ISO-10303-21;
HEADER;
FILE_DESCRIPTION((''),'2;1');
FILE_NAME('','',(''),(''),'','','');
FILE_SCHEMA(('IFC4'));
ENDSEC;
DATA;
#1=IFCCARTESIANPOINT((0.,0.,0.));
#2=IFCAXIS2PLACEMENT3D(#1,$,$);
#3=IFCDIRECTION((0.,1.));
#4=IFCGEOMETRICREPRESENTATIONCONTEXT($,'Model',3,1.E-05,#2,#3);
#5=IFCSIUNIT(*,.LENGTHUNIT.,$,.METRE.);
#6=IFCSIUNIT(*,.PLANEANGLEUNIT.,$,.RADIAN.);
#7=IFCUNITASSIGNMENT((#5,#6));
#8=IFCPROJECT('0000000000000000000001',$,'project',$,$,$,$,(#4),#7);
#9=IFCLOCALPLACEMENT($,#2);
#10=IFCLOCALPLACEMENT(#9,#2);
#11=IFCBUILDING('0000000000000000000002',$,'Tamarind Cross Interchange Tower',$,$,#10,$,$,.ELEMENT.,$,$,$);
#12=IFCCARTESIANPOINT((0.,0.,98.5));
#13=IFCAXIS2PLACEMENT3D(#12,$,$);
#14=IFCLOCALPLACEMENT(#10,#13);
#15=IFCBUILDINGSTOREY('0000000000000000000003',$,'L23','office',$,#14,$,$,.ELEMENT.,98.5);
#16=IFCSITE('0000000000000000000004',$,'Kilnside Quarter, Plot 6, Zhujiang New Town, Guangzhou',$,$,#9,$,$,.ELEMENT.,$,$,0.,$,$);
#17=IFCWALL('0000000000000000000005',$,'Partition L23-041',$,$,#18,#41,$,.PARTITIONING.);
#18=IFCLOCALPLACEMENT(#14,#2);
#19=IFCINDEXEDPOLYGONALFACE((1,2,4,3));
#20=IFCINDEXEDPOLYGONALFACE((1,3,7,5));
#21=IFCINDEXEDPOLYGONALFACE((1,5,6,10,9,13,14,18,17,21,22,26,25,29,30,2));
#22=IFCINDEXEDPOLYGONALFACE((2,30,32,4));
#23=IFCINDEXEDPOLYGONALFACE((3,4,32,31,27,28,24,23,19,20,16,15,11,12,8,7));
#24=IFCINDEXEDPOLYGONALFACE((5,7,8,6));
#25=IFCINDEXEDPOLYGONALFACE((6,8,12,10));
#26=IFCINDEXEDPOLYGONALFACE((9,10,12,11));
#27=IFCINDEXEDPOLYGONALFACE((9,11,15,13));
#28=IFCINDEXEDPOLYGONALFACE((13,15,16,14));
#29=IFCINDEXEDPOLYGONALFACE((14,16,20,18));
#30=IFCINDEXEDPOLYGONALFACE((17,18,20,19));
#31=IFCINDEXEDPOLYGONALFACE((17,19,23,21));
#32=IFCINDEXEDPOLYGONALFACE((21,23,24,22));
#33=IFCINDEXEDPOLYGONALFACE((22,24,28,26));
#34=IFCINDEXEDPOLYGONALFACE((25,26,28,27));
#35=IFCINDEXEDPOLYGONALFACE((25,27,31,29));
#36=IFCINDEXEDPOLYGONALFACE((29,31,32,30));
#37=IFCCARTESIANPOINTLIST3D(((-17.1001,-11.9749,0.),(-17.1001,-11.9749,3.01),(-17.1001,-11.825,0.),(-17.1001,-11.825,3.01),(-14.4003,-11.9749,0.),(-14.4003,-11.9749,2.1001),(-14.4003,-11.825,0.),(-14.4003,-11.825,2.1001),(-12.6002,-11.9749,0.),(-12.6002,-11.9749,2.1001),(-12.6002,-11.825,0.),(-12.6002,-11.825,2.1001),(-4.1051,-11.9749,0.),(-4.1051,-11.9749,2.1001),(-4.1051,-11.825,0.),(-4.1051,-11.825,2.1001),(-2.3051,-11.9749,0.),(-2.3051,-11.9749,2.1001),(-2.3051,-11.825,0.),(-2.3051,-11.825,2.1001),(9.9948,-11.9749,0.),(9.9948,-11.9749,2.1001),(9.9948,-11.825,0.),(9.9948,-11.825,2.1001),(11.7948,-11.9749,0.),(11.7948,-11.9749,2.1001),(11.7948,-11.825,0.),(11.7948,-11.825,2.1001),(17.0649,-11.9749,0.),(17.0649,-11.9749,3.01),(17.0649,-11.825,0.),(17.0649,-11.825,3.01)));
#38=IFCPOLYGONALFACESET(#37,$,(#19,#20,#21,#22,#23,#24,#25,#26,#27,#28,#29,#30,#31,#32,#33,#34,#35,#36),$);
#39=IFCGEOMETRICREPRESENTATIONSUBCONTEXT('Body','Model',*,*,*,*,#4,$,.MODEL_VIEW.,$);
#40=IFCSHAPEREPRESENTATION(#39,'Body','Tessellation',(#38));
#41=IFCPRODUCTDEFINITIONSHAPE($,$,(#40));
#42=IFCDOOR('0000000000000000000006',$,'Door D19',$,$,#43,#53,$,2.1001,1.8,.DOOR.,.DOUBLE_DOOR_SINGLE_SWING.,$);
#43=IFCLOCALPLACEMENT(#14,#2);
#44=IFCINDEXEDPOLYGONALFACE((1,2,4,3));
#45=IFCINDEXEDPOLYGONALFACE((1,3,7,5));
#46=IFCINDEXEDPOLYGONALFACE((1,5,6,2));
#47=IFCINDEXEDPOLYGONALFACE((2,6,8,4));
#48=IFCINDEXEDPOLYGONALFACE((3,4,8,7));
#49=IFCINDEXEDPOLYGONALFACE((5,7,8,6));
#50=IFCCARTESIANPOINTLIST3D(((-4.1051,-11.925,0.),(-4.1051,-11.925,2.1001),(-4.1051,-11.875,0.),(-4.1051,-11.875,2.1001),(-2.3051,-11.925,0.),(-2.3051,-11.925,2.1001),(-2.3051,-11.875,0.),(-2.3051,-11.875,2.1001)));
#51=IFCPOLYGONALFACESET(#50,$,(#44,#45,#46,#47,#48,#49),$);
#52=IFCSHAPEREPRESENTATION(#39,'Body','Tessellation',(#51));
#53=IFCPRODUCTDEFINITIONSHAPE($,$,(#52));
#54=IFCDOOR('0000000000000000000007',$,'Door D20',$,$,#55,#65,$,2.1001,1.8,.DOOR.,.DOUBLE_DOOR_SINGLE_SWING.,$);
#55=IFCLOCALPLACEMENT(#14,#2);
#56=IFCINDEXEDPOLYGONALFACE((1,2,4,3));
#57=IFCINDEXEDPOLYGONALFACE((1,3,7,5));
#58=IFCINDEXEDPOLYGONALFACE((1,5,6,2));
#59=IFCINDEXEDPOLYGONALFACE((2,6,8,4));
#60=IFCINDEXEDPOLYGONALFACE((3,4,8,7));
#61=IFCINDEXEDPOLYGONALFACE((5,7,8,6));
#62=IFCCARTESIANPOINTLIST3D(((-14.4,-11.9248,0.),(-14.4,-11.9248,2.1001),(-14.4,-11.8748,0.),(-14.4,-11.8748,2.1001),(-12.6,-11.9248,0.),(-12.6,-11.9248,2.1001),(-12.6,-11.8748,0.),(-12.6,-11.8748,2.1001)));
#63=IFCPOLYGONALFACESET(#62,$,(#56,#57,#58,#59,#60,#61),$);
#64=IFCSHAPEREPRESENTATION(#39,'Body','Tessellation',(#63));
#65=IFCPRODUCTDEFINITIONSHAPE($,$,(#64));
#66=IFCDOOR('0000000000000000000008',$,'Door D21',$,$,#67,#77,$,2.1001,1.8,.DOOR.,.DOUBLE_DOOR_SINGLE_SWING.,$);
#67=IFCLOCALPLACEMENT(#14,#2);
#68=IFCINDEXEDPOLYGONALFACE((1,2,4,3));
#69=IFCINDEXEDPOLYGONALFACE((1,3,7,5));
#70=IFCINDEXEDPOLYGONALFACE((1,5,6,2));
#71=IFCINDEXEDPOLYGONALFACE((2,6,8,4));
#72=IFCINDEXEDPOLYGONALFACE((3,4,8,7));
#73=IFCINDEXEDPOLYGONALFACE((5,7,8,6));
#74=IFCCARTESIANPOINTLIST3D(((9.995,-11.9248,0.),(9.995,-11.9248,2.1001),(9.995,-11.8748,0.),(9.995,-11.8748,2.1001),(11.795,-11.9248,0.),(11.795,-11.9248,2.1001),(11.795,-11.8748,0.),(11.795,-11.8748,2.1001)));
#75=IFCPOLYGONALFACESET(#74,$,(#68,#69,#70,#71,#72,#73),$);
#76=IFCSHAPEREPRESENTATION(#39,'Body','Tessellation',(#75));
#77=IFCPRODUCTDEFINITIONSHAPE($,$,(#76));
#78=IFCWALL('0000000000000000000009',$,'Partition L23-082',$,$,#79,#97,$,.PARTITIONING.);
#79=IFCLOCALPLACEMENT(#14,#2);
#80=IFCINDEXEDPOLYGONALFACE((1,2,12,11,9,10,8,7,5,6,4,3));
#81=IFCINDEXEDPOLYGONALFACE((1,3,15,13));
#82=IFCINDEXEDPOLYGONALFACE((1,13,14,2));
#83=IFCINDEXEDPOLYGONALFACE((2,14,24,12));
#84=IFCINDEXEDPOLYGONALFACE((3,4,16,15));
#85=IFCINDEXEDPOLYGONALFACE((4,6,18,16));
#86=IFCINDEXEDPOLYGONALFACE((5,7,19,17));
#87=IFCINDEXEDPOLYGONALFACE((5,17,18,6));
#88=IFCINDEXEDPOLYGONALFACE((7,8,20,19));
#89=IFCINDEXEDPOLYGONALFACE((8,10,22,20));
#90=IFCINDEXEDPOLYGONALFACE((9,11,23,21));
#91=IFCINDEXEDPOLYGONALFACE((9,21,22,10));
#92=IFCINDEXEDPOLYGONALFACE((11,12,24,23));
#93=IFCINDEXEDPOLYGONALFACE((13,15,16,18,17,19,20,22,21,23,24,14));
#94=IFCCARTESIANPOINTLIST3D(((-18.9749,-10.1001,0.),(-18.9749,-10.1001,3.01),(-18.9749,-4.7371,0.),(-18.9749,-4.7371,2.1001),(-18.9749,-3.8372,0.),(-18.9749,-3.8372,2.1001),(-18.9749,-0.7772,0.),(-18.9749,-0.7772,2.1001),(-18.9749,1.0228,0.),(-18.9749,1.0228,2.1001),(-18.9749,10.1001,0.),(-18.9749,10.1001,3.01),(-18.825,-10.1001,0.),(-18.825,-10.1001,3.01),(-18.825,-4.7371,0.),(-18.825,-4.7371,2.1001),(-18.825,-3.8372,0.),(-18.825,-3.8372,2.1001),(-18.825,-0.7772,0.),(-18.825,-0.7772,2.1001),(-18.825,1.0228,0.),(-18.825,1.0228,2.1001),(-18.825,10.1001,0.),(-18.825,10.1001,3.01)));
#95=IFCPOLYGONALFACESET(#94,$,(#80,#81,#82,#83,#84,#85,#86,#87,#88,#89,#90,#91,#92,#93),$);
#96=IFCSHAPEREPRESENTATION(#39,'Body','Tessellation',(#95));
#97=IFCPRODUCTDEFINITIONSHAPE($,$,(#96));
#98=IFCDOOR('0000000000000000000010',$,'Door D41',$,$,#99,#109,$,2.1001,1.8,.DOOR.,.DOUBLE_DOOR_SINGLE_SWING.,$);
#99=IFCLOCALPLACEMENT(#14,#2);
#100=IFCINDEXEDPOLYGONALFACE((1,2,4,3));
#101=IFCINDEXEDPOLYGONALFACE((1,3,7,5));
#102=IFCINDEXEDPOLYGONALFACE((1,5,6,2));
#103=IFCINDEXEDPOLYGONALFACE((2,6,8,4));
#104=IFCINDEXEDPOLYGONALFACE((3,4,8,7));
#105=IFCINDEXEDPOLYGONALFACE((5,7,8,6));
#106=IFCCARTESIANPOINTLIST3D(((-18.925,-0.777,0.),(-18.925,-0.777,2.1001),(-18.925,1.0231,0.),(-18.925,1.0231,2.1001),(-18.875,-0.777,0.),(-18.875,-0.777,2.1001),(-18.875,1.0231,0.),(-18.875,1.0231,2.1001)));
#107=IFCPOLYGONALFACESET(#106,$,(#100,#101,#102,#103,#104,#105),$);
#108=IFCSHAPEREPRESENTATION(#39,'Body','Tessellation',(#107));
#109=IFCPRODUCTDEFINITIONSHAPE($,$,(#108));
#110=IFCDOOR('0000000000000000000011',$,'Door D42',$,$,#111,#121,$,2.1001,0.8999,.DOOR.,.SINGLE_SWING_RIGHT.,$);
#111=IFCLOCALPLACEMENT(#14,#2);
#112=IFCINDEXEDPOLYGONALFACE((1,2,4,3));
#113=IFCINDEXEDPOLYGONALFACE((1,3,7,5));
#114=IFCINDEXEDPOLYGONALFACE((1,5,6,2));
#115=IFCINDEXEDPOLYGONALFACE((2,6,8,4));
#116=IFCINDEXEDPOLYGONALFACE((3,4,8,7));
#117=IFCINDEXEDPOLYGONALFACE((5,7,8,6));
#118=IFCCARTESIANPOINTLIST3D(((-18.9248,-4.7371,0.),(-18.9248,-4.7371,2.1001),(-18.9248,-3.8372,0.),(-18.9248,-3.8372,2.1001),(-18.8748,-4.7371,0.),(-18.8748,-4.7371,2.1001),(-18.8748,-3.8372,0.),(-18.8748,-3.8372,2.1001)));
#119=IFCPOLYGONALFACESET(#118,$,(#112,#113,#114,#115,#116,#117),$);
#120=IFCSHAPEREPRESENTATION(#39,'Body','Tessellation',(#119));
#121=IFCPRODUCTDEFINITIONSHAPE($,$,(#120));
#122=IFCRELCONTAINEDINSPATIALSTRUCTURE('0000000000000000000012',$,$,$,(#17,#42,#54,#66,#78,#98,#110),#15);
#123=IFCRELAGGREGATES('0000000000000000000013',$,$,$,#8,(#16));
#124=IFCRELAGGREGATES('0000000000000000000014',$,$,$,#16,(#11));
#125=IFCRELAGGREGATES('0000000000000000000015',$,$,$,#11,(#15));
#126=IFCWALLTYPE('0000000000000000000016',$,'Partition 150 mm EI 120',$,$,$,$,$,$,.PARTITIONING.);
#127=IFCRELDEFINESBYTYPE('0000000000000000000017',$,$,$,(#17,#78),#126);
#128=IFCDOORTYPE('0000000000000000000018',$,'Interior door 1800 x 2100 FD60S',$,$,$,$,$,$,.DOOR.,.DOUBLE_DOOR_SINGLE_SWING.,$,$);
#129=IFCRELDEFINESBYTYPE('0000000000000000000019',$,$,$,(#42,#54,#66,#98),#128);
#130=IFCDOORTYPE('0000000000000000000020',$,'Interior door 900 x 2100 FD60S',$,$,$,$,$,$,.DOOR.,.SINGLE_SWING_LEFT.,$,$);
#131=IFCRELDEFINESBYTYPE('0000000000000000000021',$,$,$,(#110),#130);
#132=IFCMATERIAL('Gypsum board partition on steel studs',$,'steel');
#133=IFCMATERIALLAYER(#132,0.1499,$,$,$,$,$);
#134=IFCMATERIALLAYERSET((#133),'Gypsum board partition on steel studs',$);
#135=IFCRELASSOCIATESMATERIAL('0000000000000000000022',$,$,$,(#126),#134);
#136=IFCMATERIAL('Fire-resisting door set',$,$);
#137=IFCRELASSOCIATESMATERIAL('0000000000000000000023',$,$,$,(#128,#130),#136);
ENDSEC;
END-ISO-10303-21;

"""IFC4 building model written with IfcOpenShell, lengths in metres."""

from ifc_helpers import new_model, si_unit, direction, frame, frame_2d, origin, place, context, subcontext, project, spatial, rectangle, extrude, material, layer, layer_set, type_object, element, fill, save


model = new_model("IFC4")

# Units and contexts
model_context = context("Model", 3, precision=1e-05, world=origin(), true_north=direction((0.0, 1.0)))
body_context = subcontext(model_context, "Body", "Model", "MODEL_VIEW")
ifc_project = project(units=[si_unit("LENGTHUNIT", "METRE"), si_unit("PLANEANGLEUNIT", "RADIAN")], contexts=[model_context])

# Site, building, storey
site_placement = place(None, origin())
site = spatial("IfcSite", under=ifc_project, at=site_placement, Name="Kilnside Quarter, Plot 6, Zhujiang New Town, Guangzhou", CompositionType="ELEMENT", RefElevation=0.0)
building_placement = place(site_placement, origin())
building = spatial("IfcBuilding", under=site, at=building_placement, Name="Tamarind Cross Interchange Tower", CompositionType="ELEMENT")
storey_placement = place(building_placement, frame((0.0, 0.0, 98.5)))
storey = spatial("IfcBuildingStorey", under=building, at=storey_placement, Name="L23", Description="office", CompositionType="ELEMENT", Elevation=98.5)

# Shared definitions
ifc_material_1 = material(Name="Gypsum board partition on steel studs", Category="steel")
ifc_layer_1 = layer(ifc_material_1, 0.1499)
ifc_layer_set_1 = layer_set([ifc_layer_1], Name="Gypsum board partition on steel studs")
wall_type_1 = type_object("IfcWallType", Name="Partition 150 mm EI 120", PredefinedType="PARTITIONING", material=ifc_layer_set_1)

# Walls, openings, doors
wall_1_placement = place(storey_placement, frame((-17.1001, -11.8999, 0.0), z_axis=(0.0, 0.0, 1.0), x_axis=(1.0, 0.0, 0.0)))
wall_1 = element("IfcWall", 1, at=wall_1_placement, inside=storey, type_object=wall_type_1, Name="Partition L23-041", PredefinedType="PARTITIONING", context=body_context, shape_type="SweptSolid", body=[
    extrude(rectangle(XDim=34.165, YDim=0.1499, at=frame_2d((17.0825, 0.0))), origin(), (0.0, 0.0, 1.0), 3.01),
])
opening_1_placement = place(wall_1_placement, frame((12.9951, 0.0, 0.0)))
opening_1 = element("IfcOpeningElement", 2, at=opening_1_placement, cuts=wall_1, PredefinedType="OPENING", context=body_context, shape_type="SweptSolid", body=[
    extrude(rectangle(XDim=1.8, YDim=2.1001, at=frame_2d((0.8999, 1.05))), frame((0.0, 0.085, 0.0), z_axis=(0.0, -1.0, 0.0), x_axis=(1.0, 0.0, 0.0)), (0.0, 0.0, 1.0), 0.1699),
])
opening_2_placement = place(wall_1_placement, frame((2.7, 0.0, 0.0)))
opening_2 = element("IfcOpeningElement", 3, at=opening_2_placement, cuts=wall_1, PredefinedType="OPENING", context=body_context, shape_type="SweptSolid", body=[
    extrude(rectangle(XDim=1.8, YDim=2.1001, at=frame_2d((0.8999, 1.05))), frame((0.0, 0.085, 0.0), z_axis=(0.0, -1.0, 0.0), x_axis=(1.0, 0.0, 0.0)), (0.0, 0.0, 1.0), 0.1699),
])
opening_3_placement = place(wall_1_placement, frame((27.095, 0.0, 0.0)))
opening_3 = element("IfcOpeningElement", 4, at=opening_3_placement, cuts=wall_1, PredefinedType="OPENING", context=body_context, shape_type="SweptSolid", body=[
    extrude(rectangle(XDim=1.8, YDim=2.1001, at=frame_2d((0.8999, 1.05))), frame((0.0, 0.085, 0.0), z_axis=(0.0, -1.0, 0.0), x_axis=(1.0, 0.0, 0.0)), (0.0, 0.0, 1.0), 0.1699),
])
ifc_material_2 = material(Name="Fire-resisting door set")
door_type_1 = type_object("IfcDoorType", Name="Interior door 1800 x 2100 FD60S", OperationType="DOUBLE_DOOR_SINGLE_SWING", PredefinedType="DOOR", material=ifc_material_2)
door_1_placement = place(opening_1_placement, origin())
door_1 = element("IfcDoor", 5, at=door_1_placement, inside=storey, type_object=door_type_1, Name="Door D19", OperationType="DOUBLE_DOOR_SINGLE_SWING", OverallHeight=2.1001, OverallWidth=1.8, PredefinedType="DOOR", context=body_context, shape_type="SweptSolid", body=[
    extrude(rectangle(XDim=1.8, YDim=2.1001, at=frame_2d((0.8999, 1.05))), frame((0.0, 0.0249, 0.0), z_axis=(0.0, -1.0, 0.0), x_axis=(1.0, 0.0, 0.0)), (0.0, 0.0, 1.0), 0.05),
])
fill(opening_1, door_1)
door_2_placement = place(opening_2_placement, frame((1.8, 0.0, 0.0), z_axis=(0.0, 0.0, 1.0), x_axis=(-1.0, 0.0, 0.0)))
door_2 = element("IfcDoor", 6, at=door_2_placement, inside=storey, type_object=door_type_1, Name="Door D20", OperationType="DOUBLE_DOOR_SINGLE_SWING", OverallHeight=2.1001, OverallWidth=1.8, PredefinedType="DOOR", context=body_context, shape_type="SweptSolid", body=[
    extrude(rectangle(XDim=1.8, YDim=2.1001, at=frame_2d((0.8999, 1.05))), frame((0.0, 0.0249, 0.0), z_axis=(0.0, -1.0, 0.0), x_axis=(1.0, 0.0, 0.0)), (0.0, 0.0, 1.0), 0.05),
])
fill(opening_2, door_2)
door_3_placement = place(opening_3_placement, frame((1.8, 0.0, 0.0), z_axis=(0.0, 0.0, 1.0), x_axis=(-1.0, 0.0, 0.0)))
door_3 = element("IfcDoor", 7, at=door_3_placement, inside=storey, type_object=door_type_1, Name="Door D21", OperationType="DOUBLE_DOOR_SINGLE_SWING", OverallHeight=2.1001, OverallWidth=1.8, PredefinedType="DOOR", context=body_context, shape_type="SweptSolid", body=[
    extrude(rectangle(XDim=1.8, YDim=2.1001, at=frame_2d((0.8999, 1.05))), frame((0.0, 0.0249, 0.0), z_axis=(0.0, -1.0, 0.0), x_axis=(1.0, 0.0, 0.0)), (0.0, 0.0, 1.0), 0.05),
])
fill(opening_3, door_3)
wall_2_placement = place(storey_placement, frame((-18.8999, -10.1001, 0.0), z_axis=(0.0, 0.0, 1.0), x_axis=(0.0, 1.0, 0.0)))
wall_2 = element("IfcWall", 8, at=wall_2_placement, inside=storey, type_object=wall_type_1, Name="Partition L23-082", PredefinedType="PARTITIONING", context=body_context, shape_type="SweptSolid", body=[
    extrude(rectangle(XDim=20.2002, YDim=0.1499, at=frame_2d((10.1001, 0.0))), origin(), (0.0, 0.0, 1.0), 3.01),
])
opening_4_placement = place(wall_2_placement, frame((9.323, 0.0, 0.0)))
opening_4 = element("IfcOpeningElement", 9, at=opening_4_placement, cuts=wall_2, PredefinedType="OPENING", context=body_context, shape_type="SweptSolid", body=[
    extrude(rectangle(XDim=1.8, YDim=2.1001, at=frame_2d((0.8999, 1.05))), frame((0.0, 0.085, 0.0), z_axis=(0.0, -1.0, 0.0), x_axis=(1.0, 0.0, 0.0)), (0.0, 0.0, 1.0), 0.1699),
])
opening_5_placement = place(wall_2_placement, frame((5.363, 0.0, 0.0)))
opening_5 = element("IfcOpeningElement", 10, at=opening_5_placement, cuts=wall_2, PredefinedType="OPENING", context=body_context, shape_type="SweptSolid", body=[
    extrude(rectangle(XDim=0.8999, YDim=2.1001, at=frame_2d((0.45, 1.05))), frame((0.0, 0.085, 0.0), z_axis=(0.0, -1.0, 0.0), x_axis=(1.0, 0.0, 0.0)), (0.0, 0.0, 1.0), 0.1699),
])
door_4_placement = place(opening_4_placement, frame((1.8, 0.0, 0.0), z_axis=(0.0, 0.0, 1.0), x_axis=(-1.0, 0.0, 0.0)))
door_4 = element("IfcDoor", 11, at=door_4_placement, inside=storey, type_object=door_type_1, Name="Door D41", OperationType="DOUBLE_DOOR_SINGLE_SWING", OverallHeight=2.1001, OverallWidth=1.8, PredefinedType="DOOR", context=body_context, shape_type="SweptSolid", body=[
    extrude(rectangle(XDim=1.8, YDim=2.1001, at=frame_2d((0.8999, 1.05))), frame((0.0, 0.0249, 0.0), z_axis=(0.0, -1.0, 0.0), x_axis=(1.0, 0.0, 0.0)), (0.0, 0.0, 1.0), 0.05),
])
fill(opening_4, door_4)
door_type_2 = type_object("IfcDoorType", Name="Interior door 900 x 2100 FD60S", OperationType="SINGLE_SWING_LEFT", PredefinedType="DOOR", material=ifc_material_2)
door_5_placement = place(opening_5_placement, origin())
door_5 = element("IfcDoor", 12, at=door_5_placement, inside=storey, type_object=door_type_2, Name="Door D42", OperationType="SINGLE_SWING_RIGHT", OverallHeight=2.1001, OverallWidth=0.8999, PredefinedType="DOOR", context=body_context, shape_type="SweptSolid", body=[
    extrude(rectangle(XDim=0.8999, YDim=2.1001, at=frame_2d((0.45, 1.05))), frame((0.0, 0.0249, 0.0), z_axis=(0.0, -1.0, 0.0), x_axis=(1.0, 0.0, 0.0)), (0.0, 0.0, 1.0), 0.05),
])
fill(opening_5, door_5)

save(model, "model.ifc")
